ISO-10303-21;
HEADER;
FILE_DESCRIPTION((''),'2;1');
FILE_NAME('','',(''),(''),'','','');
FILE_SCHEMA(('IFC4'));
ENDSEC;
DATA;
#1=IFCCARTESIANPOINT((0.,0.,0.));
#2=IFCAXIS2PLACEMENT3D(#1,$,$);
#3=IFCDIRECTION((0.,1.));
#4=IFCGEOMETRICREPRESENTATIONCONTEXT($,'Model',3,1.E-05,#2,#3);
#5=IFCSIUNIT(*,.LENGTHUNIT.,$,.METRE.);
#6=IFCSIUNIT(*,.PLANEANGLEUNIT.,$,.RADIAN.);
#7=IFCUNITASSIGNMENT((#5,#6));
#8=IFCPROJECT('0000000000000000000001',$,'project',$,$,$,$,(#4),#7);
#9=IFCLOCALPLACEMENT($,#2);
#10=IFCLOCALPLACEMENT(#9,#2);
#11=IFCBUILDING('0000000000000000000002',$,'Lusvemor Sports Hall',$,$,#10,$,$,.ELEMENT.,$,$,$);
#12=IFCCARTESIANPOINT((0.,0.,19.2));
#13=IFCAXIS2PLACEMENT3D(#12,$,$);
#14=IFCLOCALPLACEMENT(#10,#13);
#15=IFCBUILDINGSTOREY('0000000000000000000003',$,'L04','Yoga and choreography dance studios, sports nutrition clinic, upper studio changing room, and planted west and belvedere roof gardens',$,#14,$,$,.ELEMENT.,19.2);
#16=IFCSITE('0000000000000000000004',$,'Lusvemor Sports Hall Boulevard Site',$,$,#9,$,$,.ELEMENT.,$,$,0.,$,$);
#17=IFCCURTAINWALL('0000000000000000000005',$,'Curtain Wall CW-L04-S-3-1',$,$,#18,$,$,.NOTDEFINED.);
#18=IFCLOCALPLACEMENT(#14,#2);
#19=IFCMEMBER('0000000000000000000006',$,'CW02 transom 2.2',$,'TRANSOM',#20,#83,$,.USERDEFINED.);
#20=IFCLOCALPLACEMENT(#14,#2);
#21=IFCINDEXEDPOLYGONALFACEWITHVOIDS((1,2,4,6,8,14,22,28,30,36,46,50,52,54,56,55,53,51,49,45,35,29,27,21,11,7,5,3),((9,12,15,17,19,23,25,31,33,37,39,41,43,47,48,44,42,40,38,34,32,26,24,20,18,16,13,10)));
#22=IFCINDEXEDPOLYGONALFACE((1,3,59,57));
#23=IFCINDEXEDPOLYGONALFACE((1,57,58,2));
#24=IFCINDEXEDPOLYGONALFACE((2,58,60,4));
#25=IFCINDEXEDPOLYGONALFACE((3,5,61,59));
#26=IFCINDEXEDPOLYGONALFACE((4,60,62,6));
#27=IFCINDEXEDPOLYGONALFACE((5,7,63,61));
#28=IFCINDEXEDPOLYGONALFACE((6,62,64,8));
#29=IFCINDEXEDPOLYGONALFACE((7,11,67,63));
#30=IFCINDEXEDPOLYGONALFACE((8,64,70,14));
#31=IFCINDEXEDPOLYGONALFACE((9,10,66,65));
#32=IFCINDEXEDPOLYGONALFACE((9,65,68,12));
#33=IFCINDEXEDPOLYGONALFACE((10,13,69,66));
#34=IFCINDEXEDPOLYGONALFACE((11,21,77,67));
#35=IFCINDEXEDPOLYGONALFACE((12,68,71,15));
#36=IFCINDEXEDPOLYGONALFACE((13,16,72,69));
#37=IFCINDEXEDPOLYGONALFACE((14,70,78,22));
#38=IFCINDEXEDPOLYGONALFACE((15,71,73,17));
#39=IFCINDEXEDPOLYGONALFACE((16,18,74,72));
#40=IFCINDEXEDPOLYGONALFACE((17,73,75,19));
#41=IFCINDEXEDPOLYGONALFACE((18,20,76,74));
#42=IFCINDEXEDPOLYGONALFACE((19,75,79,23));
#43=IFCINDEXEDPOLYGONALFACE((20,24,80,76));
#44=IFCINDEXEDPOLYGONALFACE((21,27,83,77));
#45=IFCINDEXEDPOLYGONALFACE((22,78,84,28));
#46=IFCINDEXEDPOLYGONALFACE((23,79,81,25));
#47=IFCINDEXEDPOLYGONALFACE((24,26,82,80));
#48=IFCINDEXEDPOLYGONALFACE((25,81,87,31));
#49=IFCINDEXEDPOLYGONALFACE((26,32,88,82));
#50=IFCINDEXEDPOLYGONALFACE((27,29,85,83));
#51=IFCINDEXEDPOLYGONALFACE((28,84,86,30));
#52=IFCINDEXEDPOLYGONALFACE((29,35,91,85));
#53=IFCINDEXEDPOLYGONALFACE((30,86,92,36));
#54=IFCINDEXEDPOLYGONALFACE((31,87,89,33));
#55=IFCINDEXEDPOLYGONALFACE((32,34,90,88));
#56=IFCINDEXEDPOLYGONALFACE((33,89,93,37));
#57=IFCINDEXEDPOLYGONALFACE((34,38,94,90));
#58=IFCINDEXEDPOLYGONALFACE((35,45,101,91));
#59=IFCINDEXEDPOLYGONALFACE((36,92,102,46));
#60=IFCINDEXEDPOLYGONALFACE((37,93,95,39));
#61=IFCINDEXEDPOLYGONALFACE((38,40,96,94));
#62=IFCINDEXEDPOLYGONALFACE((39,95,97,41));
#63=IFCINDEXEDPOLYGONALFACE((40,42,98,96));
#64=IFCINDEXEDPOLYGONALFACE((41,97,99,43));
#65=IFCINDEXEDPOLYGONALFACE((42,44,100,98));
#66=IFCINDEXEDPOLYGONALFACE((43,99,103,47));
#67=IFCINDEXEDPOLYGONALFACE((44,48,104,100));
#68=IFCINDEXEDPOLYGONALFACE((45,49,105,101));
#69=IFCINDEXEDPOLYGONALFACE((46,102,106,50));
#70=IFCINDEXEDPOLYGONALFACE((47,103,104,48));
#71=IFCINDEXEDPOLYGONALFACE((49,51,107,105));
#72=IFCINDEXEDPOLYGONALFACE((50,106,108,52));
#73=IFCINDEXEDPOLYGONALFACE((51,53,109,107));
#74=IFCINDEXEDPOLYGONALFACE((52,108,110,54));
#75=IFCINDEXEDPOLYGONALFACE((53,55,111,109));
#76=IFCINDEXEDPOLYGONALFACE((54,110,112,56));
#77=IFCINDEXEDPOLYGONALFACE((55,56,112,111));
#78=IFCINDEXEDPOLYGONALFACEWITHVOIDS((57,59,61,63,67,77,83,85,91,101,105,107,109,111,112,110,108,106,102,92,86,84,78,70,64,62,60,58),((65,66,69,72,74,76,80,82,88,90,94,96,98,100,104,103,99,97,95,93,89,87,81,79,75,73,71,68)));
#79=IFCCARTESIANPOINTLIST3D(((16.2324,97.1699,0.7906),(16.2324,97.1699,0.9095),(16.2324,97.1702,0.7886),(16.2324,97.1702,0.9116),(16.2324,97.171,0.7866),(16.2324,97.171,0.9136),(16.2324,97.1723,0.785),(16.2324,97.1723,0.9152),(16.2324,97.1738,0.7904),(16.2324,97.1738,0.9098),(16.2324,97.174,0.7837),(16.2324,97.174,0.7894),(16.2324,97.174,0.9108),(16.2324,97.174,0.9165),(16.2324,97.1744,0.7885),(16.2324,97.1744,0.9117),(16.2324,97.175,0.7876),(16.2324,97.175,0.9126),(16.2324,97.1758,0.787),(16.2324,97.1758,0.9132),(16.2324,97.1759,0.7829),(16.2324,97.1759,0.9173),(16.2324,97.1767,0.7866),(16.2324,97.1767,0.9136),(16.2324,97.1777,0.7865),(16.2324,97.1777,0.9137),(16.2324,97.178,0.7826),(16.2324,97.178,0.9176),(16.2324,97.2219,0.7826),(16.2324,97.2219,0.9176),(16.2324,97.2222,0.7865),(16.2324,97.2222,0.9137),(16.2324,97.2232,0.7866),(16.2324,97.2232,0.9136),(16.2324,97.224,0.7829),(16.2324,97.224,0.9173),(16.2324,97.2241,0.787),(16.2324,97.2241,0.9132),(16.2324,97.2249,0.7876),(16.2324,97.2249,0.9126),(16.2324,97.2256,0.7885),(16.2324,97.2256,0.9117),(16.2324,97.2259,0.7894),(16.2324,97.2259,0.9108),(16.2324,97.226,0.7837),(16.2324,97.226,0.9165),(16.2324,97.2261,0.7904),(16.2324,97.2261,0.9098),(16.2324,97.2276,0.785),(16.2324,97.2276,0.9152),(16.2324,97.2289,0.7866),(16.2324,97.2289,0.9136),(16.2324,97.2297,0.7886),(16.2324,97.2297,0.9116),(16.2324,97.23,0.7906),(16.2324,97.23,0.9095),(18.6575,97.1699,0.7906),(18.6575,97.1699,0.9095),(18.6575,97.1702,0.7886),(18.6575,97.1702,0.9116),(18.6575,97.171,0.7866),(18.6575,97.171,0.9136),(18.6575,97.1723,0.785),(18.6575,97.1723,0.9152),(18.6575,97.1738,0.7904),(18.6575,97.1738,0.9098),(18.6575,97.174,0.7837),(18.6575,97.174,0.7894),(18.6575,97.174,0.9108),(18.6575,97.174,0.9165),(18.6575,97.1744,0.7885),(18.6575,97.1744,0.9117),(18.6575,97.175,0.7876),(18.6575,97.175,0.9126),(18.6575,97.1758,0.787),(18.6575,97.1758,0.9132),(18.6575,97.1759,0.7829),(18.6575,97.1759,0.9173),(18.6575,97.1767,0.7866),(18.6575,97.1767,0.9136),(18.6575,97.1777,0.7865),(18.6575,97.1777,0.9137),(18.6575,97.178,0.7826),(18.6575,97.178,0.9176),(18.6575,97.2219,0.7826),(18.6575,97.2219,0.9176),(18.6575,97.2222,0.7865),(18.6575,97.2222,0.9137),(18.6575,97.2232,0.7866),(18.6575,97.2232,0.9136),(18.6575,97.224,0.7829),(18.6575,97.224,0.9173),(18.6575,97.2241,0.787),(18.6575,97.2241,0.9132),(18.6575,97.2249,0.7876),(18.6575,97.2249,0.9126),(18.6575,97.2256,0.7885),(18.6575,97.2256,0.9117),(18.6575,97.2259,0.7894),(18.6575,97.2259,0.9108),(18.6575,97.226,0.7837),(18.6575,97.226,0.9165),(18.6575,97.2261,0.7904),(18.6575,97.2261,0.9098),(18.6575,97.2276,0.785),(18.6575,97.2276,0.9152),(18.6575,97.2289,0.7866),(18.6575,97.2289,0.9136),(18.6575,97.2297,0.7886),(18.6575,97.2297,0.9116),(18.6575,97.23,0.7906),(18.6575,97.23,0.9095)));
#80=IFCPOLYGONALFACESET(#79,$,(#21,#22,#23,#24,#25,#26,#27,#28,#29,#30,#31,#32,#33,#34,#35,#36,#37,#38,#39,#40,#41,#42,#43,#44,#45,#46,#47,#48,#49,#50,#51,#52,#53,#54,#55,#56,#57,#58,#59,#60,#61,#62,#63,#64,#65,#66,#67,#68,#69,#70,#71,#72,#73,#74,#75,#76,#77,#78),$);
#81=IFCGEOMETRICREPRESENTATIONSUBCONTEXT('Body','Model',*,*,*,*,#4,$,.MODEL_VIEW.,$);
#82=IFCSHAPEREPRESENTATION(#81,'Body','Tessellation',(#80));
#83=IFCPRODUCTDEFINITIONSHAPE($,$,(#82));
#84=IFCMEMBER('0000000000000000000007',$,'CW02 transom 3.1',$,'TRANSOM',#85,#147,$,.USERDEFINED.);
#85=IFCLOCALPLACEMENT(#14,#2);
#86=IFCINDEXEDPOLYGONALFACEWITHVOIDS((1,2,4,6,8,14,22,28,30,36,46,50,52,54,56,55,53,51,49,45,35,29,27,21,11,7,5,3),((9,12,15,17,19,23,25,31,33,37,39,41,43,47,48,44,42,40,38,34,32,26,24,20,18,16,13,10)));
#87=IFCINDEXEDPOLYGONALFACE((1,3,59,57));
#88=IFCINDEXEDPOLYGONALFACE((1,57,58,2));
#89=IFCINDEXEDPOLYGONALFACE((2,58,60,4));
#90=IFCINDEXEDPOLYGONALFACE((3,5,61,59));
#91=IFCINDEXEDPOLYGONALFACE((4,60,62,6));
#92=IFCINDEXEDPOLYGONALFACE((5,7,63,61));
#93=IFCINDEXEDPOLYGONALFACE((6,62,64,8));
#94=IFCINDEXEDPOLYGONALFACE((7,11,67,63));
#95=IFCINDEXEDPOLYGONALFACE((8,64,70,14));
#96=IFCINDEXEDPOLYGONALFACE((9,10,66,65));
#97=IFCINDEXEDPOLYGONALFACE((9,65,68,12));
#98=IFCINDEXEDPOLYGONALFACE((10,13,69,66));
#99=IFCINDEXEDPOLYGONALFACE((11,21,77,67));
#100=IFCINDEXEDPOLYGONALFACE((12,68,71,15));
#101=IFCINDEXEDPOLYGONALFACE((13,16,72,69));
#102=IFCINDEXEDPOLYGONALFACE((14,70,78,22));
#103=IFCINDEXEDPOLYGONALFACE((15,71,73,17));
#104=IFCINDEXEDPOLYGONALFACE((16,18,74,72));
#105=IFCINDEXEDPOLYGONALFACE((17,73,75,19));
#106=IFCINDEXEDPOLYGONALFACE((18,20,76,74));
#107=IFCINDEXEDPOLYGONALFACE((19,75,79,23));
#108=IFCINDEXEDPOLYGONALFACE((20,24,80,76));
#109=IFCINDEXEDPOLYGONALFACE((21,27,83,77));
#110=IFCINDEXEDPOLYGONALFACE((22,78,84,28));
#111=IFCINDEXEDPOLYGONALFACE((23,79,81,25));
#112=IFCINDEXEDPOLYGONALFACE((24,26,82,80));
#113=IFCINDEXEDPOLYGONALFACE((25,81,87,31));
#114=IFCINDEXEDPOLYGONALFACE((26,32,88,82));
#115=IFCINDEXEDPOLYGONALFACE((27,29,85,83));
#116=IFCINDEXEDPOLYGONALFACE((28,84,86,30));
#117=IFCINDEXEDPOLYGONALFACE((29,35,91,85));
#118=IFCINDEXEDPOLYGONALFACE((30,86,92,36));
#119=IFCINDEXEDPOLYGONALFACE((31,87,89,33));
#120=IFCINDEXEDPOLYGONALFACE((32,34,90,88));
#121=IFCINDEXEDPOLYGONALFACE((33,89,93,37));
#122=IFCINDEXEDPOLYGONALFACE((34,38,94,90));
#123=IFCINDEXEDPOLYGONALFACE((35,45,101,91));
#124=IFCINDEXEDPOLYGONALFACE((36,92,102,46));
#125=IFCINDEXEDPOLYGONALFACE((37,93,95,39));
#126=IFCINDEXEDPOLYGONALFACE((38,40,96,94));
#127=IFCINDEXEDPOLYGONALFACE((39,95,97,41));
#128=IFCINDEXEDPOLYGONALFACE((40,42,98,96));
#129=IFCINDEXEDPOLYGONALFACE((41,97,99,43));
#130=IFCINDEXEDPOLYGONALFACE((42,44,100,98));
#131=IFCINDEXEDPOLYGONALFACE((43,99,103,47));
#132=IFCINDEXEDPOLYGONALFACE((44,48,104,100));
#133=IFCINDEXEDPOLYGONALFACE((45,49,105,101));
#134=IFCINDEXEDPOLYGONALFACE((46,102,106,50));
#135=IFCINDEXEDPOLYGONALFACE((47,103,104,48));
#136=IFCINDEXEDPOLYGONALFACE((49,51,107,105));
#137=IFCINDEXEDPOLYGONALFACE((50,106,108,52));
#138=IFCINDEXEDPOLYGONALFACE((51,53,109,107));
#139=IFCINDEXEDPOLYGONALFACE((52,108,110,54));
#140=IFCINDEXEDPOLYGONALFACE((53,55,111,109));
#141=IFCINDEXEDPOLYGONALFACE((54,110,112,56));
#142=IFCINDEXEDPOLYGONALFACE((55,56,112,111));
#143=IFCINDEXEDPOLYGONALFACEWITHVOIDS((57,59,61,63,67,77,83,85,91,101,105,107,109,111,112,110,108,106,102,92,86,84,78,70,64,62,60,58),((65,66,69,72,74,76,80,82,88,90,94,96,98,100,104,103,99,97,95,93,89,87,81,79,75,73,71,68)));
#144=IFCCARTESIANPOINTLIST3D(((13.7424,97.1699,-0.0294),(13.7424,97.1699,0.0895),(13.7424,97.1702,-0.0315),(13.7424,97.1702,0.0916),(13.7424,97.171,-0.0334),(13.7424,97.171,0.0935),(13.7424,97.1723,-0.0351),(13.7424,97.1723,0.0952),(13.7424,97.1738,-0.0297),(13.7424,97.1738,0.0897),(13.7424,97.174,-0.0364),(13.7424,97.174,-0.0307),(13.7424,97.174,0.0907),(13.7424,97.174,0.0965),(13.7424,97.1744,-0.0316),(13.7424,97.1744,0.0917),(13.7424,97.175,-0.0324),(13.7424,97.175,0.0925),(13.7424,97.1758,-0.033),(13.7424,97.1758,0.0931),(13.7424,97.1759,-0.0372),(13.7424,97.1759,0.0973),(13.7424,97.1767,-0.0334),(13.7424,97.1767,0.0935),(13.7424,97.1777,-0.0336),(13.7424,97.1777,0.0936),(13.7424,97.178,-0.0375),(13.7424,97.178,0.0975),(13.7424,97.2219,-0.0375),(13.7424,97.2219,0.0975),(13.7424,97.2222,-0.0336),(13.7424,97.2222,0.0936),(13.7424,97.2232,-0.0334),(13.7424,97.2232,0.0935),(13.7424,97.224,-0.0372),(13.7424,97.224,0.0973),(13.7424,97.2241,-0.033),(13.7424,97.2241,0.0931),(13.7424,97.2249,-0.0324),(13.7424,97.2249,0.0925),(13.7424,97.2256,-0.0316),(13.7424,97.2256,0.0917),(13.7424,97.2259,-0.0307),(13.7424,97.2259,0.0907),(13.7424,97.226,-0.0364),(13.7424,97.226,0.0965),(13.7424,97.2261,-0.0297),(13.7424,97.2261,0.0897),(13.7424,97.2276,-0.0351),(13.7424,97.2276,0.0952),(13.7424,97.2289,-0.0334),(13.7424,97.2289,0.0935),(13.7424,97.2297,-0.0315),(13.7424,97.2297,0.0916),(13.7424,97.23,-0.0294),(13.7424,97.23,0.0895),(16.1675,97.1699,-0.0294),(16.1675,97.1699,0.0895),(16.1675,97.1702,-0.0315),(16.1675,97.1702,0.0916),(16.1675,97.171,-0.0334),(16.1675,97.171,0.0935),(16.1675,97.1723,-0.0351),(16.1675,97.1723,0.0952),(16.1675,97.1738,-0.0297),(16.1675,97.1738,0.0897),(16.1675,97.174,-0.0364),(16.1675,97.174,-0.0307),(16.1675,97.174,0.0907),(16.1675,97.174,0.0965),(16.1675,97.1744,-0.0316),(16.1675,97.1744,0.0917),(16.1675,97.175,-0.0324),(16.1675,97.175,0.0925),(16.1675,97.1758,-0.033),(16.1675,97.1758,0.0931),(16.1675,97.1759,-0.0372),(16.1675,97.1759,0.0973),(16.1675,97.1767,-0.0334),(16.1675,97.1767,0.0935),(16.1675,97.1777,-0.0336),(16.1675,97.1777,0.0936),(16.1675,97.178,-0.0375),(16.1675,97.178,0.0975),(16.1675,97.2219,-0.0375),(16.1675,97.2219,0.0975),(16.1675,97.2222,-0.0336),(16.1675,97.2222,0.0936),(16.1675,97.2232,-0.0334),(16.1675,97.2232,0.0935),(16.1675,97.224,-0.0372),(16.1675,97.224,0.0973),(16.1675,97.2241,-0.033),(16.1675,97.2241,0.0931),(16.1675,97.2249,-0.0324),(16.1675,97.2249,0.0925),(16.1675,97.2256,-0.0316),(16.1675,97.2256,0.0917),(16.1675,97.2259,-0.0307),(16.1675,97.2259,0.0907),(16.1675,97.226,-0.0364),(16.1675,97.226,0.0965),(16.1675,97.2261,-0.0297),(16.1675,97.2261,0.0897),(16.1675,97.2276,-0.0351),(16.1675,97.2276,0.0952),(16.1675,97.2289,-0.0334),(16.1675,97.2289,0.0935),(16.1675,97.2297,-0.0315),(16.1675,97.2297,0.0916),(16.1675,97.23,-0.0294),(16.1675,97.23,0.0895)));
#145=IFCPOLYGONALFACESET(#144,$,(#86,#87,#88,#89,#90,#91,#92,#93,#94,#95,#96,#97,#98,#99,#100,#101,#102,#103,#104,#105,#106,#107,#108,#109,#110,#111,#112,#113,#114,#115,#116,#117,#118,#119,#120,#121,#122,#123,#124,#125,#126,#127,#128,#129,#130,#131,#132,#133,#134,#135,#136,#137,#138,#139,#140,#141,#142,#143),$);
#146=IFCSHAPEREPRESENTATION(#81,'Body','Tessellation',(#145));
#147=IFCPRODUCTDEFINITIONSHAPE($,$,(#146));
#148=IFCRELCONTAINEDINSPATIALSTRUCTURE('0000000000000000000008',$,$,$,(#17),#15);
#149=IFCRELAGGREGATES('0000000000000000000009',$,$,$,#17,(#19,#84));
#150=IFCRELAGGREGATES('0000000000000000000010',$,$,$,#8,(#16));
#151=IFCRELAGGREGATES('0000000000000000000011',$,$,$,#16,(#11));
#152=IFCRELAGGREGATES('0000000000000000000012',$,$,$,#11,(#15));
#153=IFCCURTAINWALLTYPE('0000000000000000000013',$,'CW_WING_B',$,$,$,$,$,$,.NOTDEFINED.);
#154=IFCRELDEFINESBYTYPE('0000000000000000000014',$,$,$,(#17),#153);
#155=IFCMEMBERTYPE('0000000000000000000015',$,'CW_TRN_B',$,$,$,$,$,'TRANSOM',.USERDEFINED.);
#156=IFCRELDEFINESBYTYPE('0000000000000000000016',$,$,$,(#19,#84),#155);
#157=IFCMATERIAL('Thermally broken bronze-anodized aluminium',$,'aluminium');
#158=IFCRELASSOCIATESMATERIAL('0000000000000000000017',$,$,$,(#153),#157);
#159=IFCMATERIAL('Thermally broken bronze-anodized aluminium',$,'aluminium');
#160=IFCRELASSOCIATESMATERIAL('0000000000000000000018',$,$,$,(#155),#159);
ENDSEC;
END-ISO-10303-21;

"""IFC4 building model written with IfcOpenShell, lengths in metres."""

from ifc_helpers import new_model, si_unit, direction, frame, origin, origin_2d, place, context, subcontext, project, spatial, hollow_rectangle, extrude, material, material_profile, profile_set, type_object, element, aggregate, save


model = new_model("IFC4")

# Units and contexts
model_context = context("Model", 3, precision=1e-05, world=origin(), true_north=direction((0.0, 1.0)))
body_context = subcontext(model_context, "Body", "Model", "MODEL_VIEW")
ifc_project = project(units=[si_unit("LENGTHUNIT", "METRE"), si_unit("PLANEANGLEUNIT", "RADIAN")], contexts=[model_context])

# Site, building, storey
site_placement = place(None, origin())
site = spatial("IfcSite", under=ifc_project, at=site_placement, Name="Lusvemor Sports Hall Boulevard Site", CompositionType="ELEMENT", RefElevation=0.0)
building_placement = place(site_placement, origin())
building = spatial("IfcBuilding", under=site, at=building_placement, Name="Lusvemor Sports Hall", CompositionType="ELEMENT")
storey_placement = place(building_placement, frame((0.0, 0.0, 19.2)))
storey = spatial("IfcBuildingStorey", under=building, at=storey_placement, Name="L04", Description="Yoga and choreography dance studios, sports nutrition clinic, upper studio changing room, and planted west and belvedere roof gardens", CompositionType="ELEMENT", Elevation=19.2)

# Curtain wall, members
ifc_material_1 = material(Name="Thermally broken bronze-anodized aluminium", Category="aluminium")
curtain_wall_type = type_object("IfcCurtainWallType", Name="CW_WING_B", PredefinedType="NOTDEFINED", material=ifc_material_1)
curtain_wall_placement = place(storey_placement, origin())
curtain_wall = element("IfcCurtainWall", 1, at=curtain_wall_placement, inside=storey, type_object=curtain_wall_type, Name="Curtain Wall CW-L04-S-3-1", PredefinedType="NOTDEFINED")
ifc_material_2 = material(Name="Thermally broken bronze-anodized aluminium", Category="aluminium")
ifc_material_profile_1 = material_profile(ifc_material_2, hollow_rectangle(XDim=0.0601, YDim=0.135, WallThickness=0.0039, InnerFilletRadius=0.0039, OuterFilletRadius=0.0081, at=origin_2d()), Name="CWTRN135x60x4")
ifc_profile_set_1 = profile_set([ifc_material_profile_1], Name="Thermally broken bronze-anodized aluminium")
member_type_1 = type_object("IfcMemberType", Name="CW_TRN_B", ElementType="TRANSOM", PredefinedType="USERDEFINED", material=ifc_profile_set_1)
member_1_placement = place(storey_placement, frame((18.6575, 97.2, 0.8501), z_axis=(-1.0, 0.0, 0.0), x_axis=(0.0, -1.0, 0.0)))
member_1 = element("IfcMember", 2, at=member_1_placement, type_object=member_type_1, Name="CW02 transom 2.2", ObjectType="TRANSOM", PredefinedType="USERDEFINED", context=body_context, shape_type="SweptSolid", body=[
    extrude(hollow_rectangle(XDim=0.0601, YDim=0.135, WallThickness=0.0039, InnerFilletRadius=0.0039, OuterFilletRadius=0.0081, at=origin_2d()), origin(), (0.0, 0.0, 1.0), 2.425),
])
member_2_placement = place(storey_placement, frame((16.1675, 97.2, 0.03), z_axis=(-1.0, 0.0, 0.0), x_axis=(0.0, -1.0, 0.0)))
member_2 = element("IfcMember", 3, at=member_2_placement, type_object=member_type_1, Name="CW02 transom 3.1", ObjectType="TRANSOM", PredefinedType="USERDEFINED", context=body_context, shape_type="SweptSolid", body=[
    extrude(hollow_rectangle(XDim=0.0601, YDim=0.135, WallThickness=0.0039, InnerFilletRadius=0.0039, OuterFilletRadius=0.0081, at=origin_2d()), origin(), (0.0, 0.0, 1.0), 2.425),
])

aggregate(curtain_wall, [member_1, member_2])

save(model, "model.ifc")
